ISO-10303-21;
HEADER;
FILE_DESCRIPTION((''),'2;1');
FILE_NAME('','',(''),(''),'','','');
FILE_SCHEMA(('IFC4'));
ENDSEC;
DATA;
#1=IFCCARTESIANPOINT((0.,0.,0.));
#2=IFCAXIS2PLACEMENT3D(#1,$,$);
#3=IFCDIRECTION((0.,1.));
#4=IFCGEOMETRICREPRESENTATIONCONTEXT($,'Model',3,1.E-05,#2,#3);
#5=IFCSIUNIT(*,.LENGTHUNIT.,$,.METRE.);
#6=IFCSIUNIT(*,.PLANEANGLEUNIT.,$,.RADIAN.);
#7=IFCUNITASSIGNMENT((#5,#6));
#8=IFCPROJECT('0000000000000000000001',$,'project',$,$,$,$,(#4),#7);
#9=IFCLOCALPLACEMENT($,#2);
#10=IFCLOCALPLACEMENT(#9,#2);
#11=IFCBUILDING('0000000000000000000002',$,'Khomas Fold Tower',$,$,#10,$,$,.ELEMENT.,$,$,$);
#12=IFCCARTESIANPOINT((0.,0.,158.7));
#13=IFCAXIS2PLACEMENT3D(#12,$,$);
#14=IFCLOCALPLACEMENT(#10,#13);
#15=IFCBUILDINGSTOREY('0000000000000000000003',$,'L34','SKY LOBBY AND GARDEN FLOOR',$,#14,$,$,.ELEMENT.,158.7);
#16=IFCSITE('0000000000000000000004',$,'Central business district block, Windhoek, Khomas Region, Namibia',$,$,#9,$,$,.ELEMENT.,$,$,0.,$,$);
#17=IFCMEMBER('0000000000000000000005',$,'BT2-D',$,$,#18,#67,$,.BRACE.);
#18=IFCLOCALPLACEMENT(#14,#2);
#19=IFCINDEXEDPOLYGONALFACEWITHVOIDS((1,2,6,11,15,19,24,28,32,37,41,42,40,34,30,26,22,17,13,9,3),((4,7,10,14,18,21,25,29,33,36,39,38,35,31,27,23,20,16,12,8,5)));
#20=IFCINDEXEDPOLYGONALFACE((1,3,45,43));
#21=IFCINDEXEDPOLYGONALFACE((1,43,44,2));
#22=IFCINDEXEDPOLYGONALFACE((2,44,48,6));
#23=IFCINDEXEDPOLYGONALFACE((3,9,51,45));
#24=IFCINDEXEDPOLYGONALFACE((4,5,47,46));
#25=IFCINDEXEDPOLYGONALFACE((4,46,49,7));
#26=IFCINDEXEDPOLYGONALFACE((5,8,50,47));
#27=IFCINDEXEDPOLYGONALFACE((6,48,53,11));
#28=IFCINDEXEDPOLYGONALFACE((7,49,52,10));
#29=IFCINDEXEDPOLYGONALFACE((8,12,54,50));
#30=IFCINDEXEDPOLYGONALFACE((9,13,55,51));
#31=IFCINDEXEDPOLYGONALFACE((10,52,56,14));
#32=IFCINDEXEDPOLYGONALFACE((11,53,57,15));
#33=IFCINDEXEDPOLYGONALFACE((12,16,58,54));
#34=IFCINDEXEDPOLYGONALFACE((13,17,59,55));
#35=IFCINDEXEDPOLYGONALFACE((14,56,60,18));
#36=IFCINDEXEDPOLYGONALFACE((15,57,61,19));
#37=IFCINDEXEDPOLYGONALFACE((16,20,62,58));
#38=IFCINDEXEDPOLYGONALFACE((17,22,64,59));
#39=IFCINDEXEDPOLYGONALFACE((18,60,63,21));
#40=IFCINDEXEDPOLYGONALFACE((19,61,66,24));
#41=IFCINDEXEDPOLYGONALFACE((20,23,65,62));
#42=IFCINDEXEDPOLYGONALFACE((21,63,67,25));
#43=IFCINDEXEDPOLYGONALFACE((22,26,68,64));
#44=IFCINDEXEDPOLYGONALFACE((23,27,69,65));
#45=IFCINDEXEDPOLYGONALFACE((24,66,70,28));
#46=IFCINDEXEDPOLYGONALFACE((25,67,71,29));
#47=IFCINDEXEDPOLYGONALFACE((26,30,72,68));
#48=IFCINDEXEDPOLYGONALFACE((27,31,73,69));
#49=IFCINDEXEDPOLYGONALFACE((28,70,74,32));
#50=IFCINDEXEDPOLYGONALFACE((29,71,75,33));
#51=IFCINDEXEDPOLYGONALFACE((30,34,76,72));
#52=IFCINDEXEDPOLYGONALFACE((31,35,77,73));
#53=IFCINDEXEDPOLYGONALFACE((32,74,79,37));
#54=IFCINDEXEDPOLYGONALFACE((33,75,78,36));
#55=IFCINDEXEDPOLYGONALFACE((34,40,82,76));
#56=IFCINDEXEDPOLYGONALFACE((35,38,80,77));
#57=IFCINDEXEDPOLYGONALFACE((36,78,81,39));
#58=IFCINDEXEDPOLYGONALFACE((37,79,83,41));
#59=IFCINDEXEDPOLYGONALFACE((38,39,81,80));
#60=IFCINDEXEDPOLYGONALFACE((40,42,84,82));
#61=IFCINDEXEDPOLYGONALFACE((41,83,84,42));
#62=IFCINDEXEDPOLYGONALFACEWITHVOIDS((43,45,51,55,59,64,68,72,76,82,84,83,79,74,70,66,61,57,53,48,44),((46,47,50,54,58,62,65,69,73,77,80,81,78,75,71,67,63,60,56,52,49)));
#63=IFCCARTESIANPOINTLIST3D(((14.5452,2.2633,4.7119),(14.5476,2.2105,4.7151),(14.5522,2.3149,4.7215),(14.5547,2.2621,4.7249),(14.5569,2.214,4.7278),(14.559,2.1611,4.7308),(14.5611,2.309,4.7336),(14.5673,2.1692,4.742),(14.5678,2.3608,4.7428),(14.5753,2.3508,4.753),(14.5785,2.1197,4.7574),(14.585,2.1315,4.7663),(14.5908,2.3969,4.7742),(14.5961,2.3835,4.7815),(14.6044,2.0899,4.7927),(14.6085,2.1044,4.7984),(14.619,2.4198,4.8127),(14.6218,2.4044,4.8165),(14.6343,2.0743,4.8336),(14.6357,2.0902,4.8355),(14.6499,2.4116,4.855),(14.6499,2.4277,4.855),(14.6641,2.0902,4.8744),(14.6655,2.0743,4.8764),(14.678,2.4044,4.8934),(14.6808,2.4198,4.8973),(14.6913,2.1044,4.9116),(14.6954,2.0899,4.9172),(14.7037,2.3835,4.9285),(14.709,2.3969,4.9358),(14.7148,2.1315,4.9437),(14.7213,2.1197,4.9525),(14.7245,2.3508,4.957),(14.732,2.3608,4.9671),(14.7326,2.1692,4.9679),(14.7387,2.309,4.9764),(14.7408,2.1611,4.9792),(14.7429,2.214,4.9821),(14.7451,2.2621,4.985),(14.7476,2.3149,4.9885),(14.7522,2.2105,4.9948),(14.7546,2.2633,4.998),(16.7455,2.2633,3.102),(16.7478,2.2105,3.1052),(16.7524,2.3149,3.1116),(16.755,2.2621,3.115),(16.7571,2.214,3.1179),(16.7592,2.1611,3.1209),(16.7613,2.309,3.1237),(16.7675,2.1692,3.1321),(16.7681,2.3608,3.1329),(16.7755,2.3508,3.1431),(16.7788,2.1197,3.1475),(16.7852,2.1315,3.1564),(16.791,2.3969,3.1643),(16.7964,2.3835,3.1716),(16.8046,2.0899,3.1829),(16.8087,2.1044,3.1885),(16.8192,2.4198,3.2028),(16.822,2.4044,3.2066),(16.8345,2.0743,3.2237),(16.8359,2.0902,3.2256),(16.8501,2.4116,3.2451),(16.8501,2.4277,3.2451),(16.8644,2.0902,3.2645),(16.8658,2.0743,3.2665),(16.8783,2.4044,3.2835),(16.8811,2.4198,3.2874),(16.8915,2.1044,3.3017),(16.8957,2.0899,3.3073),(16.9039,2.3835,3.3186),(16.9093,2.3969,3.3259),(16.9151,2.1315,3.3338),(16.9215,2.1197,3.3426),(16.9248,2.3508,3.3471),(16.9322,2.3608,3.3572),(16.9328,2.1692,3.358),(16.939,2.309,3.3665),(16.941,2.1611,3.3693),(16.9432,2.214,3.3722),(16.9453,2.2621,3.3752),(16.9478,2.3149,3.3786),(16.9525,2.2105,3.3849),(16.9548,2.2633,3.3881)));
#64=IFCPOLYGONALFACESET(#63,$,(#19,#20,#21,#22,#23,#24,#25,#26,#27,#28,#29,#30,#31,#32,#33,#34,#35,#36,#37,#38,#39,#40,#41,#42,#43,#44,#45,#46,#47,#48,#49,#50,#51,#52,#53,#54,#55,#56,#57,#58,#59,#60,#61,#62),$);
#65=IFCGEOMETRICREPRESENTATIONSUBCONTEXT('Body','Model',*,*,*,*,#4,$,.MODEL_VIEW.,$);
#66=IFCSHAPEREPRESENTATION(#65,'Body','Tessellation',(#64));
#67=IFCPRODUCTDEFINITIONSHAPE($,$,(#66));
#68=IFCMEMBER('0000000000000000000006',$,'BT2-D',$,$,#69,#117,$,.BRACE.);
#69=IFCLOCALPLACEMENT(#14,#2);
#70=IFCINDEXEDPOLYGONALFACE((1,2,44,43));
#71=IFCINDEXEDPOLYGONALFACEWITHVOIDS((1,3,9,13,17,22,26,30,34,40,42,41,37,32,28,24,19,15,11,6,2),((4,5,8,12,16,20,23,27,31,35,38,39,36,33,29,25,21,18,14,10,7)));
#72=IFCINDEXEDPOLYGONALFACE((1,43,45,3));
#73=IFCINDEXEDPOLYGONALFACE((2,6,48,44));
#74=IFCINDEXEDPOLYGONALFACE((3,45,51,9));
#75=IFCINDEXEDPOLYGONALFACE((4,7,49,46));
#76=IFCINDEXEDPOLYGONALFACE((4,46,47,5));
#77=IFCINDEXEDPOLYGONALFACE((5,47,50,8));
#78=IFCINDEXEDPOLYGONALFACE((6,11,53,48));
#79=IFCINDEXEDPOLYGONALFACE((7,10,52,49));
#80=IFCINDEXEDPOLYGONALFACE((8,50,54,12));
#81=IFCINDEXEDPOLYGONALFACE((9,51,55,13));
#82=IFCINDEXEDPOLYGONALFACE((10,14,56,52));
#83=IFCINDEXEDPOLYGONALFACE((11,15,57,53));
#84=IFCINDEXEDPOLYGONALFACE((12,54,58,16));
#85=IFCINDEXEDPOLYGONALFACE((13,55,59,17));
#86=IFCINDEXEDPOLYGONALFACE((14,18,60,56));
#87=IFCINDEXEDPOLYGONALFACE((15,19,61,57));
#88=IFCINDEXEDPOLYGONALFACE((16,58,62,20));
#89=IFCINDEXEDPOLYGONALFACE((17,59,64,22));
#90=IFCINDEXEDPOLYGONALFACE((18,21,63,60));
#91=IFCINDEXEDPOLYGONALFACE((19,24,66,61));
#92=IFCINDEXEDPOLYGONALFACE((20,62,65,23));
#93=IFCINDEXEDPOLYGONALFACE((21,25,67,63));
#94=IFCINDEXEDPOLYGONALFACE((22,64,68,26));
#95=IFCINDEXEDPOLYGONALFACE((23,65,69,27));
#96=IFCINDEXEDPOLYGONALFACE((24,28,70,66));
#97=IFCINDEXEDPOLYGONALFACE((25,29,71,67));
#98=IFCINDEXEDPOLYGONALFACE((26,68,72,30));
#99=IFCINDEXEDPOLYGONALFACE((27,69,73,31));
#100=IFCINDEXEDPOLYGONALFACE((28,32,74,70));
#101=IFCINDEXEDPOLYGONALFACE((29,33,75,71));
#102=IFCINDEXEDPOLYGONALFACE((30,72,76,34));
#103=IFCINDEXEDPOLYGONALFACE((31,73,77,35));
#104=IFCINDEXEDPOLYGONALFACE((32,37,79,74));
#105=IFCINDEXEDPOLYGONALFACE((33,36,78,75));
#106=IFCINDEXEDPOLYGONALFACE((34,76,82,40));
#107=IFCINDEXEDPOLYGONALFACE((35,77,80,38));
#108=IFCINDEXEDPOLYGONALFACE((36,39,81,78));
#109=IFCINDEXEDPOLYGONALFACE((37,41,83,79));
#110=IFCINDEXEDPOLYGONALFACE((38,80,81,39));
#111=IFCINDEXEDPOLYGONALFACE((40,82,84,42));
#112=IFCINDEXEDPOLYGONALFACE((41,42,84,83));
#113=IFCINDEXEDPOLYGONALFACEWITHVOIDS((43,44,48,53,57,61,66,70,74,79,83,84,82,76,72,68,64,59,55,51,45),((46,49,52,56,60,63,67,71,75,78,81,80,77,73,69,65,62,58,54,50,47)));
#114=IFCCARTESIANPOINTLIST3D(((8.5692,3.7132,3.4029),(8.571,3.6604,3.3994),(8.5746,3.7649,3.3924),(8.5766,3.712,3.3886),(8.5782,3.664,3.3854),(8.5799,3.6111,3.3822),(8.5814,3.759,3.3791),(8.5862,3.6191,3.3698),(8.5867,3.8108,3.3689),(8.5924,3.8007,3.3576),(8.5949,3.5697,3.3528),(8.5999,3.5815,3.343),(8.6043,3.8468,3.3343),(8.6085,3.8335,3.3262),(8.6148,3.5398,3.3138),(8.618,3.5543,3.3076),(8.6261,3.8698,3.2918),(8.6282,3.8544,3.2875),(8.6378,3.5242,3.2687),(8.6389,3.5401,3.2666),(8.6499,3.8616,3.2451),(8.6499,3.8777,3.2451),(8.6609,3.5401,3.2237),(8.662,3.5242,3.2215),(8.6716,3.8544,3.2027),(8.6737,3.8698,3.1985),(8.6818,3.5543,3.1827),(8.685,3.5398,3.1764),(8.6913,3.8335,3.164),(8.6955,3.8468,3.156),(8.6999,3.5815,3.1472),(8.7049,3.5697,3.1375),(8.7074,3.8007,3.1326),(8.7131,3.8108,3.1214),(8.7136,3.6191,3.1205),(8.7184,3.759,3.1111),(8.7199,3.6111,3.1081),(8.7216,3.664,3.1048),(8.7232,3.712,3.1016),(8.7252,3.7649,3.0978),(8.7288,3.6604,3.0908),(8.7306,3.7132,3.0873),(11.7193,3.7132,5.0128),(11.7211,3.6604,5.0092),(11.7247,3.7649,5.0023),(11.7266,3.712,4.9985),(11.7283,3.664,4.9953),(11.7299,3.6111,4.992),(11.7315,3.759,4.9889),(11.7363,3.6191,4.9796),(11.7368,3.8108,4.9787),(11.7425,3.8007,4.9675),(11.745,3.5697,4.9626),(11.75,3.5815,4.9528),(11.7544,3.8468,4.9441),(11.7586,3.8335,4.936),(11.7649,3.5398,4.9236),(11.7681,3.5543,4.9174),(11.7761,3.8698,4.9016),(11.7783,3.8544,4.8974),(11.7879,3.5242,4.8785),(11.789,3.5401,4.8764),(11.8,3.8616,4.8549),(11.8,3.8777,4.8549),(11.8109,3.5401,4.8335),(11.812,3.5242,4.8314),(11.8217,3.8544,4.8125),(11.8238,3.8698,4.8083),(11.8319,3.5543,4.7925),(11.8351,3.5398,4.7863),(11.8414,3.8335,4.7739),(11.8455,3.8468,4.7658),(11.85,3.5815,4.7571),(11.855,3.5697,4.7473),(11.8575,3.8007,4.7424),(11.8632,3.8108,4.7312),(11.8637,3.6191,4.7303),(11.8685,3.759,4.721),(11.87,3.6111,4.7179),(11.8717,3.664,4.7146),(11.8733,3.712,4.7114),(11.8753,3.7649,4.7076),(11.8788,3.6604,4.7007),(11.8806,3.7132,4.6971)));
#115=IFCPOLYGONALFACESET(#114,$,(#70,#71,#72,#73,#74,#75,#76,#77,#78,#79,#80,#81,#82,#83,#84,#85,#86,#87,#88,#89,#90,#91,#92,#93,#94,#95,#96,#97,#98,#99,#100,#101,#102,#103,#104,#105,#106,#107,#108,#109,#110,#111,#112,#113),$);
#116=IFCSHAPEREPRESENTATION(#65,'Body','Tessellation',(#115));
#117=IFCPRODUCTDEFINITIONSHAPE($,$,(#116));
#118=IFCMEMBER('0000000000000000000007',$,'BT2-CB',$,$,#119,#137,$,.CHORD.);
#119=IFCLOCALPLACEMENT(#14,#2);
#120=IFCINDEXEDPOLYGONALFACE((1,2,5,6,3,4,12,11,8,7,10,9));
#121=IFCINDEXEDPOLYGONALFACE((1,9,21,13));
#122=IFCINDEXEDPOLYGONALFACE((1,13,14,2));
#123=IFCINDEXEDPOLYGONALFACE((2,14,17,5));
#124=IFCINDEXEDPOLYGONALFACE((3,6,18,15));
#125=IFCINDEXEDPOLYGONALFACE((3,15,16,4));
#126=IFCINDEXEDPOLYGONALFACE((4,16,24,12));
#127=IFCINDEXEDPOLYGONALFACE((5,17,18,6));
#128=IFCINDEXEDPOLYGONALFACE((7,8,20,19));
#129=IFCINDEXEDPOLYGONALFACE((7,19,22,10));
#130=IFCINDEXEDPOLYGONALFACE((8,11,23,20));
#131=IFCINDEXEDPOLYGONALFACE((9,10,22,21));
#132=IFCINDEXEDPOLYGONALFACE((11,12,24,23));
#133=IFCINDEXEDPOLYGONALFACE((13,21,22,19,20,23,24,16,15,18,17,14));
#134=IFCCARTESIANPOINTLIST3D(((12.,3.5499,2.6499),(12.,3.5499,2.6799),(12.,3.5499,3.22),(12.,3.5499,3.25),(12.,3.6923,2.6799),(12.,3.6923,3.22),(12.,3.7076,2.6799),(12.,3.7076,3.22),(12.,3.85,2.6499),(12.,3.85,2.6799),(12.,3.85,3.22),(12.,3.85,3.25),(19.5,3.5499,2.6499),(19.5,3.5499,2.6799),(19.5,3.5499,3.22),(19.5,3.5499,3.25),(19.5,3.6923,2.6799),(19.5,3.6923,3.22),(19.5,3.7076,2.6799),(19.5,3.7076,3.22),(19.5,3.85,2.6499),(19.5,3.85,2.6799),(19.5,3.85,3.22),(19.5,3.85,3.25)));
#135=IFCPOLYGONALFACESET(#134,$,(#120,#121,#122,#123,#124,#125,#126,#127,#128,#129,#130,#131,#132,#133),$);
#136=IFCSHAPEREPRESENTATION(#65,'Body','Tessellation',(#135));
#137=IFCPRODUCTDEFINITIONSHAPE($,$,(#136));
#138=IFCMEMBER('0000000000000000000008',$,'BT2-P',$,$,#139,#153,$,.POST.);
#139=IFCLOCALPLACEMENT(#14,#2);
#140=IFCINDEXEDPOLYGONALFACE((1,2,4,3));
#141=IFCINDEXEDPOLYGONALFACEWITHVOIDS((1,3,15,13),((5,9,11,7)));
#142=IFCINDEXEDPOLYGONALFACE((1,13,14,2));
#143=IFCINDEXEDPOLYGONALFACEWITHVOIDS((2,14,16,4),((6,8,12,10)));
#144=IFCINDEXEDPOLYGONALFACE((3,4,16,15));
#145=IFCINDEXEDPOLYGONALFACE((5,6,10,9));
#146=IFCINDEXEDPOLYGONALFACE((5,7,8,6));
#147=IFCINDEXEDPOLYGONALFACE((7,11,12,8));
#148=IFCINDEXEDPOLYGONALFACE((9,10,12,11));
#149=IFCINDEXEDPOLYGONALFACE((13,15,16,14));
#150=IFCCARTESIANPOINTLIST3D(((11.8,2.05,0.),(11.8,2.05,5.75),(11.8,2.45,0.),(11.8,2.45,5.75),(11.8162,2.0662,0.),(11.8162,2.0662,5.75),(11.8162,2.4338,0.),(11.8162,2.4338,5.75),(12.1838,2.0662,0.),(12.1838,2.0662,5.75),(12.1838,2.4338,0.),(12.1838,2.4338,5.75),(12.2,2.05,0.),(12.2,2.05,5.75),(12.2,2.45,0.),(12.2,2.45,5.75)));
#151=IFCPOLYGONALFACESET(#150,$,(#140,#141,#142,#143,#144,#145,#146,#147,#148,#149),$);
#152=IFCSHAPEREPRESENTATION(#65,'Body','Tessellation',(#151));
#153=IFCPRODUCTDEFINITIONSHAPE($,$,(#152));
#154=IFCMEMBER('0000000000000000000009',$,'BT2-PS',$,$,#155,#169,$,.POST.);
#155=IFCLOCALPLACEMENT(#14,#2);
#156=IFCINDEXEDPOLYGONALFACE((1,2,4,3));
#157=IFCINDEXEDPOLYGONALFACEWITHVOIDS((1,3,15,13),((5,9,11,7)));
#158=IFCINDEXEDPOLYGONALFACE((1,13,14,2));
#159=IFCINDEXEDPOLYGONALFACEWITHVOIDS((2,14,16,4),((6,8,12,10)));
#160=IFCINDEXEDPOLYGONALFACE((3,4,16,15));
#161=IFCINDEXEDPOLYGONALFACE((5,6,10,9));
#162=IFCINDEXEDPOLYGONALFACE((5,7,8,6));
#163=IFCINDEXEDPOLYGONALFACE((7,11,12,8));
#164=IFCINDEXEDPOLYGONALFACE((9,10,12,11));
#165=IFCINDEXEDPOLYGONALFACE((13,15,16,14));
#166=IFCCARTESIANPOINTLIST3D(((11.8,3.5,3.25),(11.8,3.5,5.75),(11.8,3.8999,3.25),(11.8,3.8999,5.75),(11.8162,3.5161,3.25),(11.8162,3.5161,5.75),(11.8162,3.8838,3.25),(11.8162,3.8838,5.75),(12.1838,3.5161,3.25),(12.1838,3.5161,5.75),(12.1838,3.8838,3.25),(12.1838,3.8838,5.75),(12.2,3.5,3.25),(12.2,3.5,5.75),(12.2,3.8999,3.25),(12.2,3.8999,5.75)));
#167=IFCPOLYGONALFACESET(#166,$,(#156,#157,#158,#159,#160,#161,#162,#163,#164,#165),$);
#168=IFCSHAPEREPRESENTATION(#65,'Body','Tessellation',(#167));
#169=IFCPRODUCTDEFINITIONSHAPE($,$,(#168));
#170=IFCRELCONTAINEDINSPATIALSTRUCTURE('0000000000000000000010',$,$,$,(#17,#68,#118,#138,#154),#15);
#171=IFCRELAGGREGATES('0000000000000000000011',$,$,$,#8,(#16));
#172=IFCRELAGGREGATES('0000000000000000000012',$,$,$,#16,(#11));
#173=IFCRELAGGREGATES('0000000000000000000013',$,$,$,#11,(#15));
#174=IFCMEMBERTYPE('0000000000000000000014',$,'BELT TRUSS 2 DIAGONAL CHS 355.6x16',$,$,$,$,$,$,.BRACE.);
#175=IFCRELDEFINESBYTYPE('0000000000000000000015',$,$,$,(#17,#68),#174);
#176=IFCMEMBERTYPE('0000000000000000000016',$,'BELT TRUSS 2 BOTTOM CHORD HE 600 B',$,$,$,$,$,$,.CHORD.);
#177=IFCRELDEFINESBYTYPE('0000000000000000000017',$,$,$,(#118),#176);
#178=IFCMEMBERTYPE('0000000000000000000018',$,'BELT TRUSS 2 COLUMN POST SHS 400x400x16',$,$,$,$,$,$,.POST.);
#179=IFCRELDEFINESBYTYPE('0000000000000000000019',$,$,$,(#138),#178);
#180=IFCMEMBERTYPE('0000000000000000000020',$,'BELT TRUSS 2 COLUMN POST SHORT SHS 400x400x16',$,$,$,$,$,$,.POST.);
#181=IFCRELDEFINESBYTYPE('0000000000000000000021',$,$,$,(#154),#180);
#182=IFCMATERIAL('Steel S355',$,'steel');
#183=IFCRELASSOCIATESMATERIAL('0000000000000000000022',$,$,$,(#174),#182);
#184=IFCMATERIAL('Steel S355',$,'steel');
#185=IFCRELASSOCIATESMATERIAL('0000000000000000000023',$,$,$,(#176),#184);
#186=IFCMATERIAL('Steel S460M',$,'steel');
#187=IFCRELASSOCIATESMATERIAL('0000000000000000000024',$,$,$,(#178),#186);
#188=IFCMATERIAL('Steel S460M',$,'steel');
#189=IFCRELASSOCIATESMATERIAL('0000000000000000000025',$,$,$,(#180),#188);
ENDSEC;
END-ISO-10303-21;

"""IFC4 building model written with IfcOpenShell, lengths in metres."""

from ifc_helpers import new_model, si_unit, direction, frame, origin, origin_2d, place, context, subcontext, project, spatial, hollow_rectangle, hollow_circle, i_section, extrude, source, transform, mapped, material, material_profile, profile_set, type_object, element, save


model = new_model("IFC4")

# Units and contexts
model_context = context("Model", 3, precision=1e-05, world=origin(), true_north=direction((0.0, 1.0)))
body_context = subcontext(model_context, "Body", "Model", "MODEL_VIEW")
ifc_project = project(units=[si_unit("LENGTHUNIT", "METRE"), si_unit("PLANEANGLEUNIT", "RADIAN")], contexts=[model_context])

# Site, building, storey
site_placement = place(None, origin())
site = spatial("IfcSite", under=ifc_project, at=site_placement, Name="Central business district block, Windhoek, Khomas Region, Namibia", CompositionType="ELEMENT", RefElevation=0.0)
building_placement = place(site_placement, origin())
building = spatial("IfcBuilding", under=site, at=building_placement, Name="Khomas Fold Tower", CompositionType="ELEMENT")
storey_placement = place(building_placement, frame((0.0, 0.0, 158.7)))
storey = spatial("IfcBuildingStorey", under=building, at=storey_placement, Name="L34", Description="SKY LOBBY AND GARDEN FLOOR", CompositionType="ELEMENT", Elevation=158.7)

# Members
ifc_material_1 = material(Name="Steel S355", Category="steel")
ifc_material_profile_1 = material_profile(ifc_material_1, hollow_circle(Radius=0.1777, WallThickness=0.0161, at=origin_2d()), Name="CHS 355.6x16")
ifc_profile_set_1 = profile_set([ifc_material_profile_1], Name="Steel S355")
member_type_1 = type_object("IfcMemberType", Name="BELT TRUSS 2 DIAGONAL CHS 355.6x16", PredefinedType="BRACE", material=ifc_profile_set_1)
ifc_material_2 = material(Name="Steel S355", Category="steel")
ifc_material_profile_2 = material_profile(ifc_material_2, i_section(OverallWidth=0.3, OverallDepth=0.6001, WebThickness=0.0154, FlangeThickness=0.03, at=origin_2d()), Name="HE 600 B")
ifc_profile_set_2 = profile_set([ifc_material_profile_2], Name="Steel S355")
member_type_2 = type_object("IfcMemberType", Name="BELT TRUSS 2 BOTTOM CHORD HE 600 B", PredefinedType="CHORD", material=ifc_profile_set_2)
shared_shape_1 = source(origin(), body_context, "Body", "SweptSolid", [
    extrude(hollow_circle(Radius=0.1777, WallThickness=0.0161, at=origin_2d()), origin(), (0.0, 0.0, 1.0), 2.7263),
])
member_1_placement = place(storey_placement, frame((14.6499, 2.25, 4.855), z_axis=(0.807037, 0.0, -0.590501), x_axis=(0.0, 1.0, 0.0)))
element("IfcMember", 1, at=member_1_placement, inside=storey, type_object=member_type_1, Name="BT2-D", PredefinedType="BRACE", context=body_context, shape_type="MappedRepresentation", body=[
    mapped(shared_shape_1, transform((0.0, 0.0, 0.0))),
])
shared_shape_2 = source(origin(), body_context, "Body", "SweptSolid", [
    extrude(hollow_circle(Radius=0.1777, WallThickness=0.0161, at=origin_2d()), origin(), (0.0, 0.0, 1.0), 3.5376),
])
member_2_placement = place(storey_placement, frame((8.6499, 3.7, 3.2451), z_axis=(0.890459, 0.0, 0.455064), x_axis=(0.0, 1.0, 0.0)))
element("IfcMember", 2, at=member_2_placement, inside=storey, type_object=member_type_1, Name="BT2-D", PredefinedType="BRACE", context=body_context, shape_type="MappedRepresentation", body=[
    mapped(shared_shape_2, transform((0.0, 0.0, 0.0))),
])
shared_shape_3 = source(origin(), body_context, "Body", "SweptSolid", [
    extrude(i_section(OverallWidth=0.3, OverallDepth=0.6001, WebThickness=0.0154, FlangeThickness=0.03, at=origin_2d()), origin(), (0.0, 0.0, 1.0), 7.5),
])
member_3_placement = place(storey_placement, frame((12.0, 3.7, 2.95), z_axis=(1.0, 0.0, 0.0), x_axis=(0.0, 1.0, 0.0)))
element("IfcMember", 3, at=member_3_placement, inside=storey, type_object=member_type_2, Name="BT2-CB", PredefinedType="CHORD", context=body_context, shape_type="MappedRepresentation", body=[
    mapped(shared_shape_3, transform((0.0, 0.0, 0.0))),
])
ifc_material_3 = material(Name="Steel S460M", Category="steel")
ifc_material_profile_3 = material_profile(ifc_material_3, hollow_rectangle(XDim=0.3999, YDim=0.3999, WallThickness=0.0161, at=origin_2d()), Name="SHS 400x400x16")
ifc_profile_set_3 = profile_set([ifc_material_profile_3], Name="Steel S460M")
member_type_3 = type_object("IfcMemberType", Name="BELT TRUSS 2 COLUMN POST SHS 400x400x16", PredefinedType="POST", material=ifc_profile_set_3)
shared_shape_4 = source(origin(), body_context, "Body", "SweptSolid", [
    extrude(hollow_rectangle(XDim=0.3999, YDim=0.3999, WallThickness=0.0161, at=origin_2d()), origin(), (0.0, 0.0, 1.0), 5.75),
])
member_4_placement = place(storey_placement, frame((12.0, 2.25, 0.0), z_axis=(0.0, 0.0, 1.0), x_axis=(1.0, 0.0, 0.0)))
element("IfcMember", 4, at=member_4_placement, inside=storey, type_object=member_type_3, Name="BT2-P", PredefinedType="POST", context=body_context, shape_type="MappedRepresentation", body=[
    mapped(shared_shape_4, transform((0.0, 0.0, 0.0))),
])
ifc_material_4 = material(Name="Steel S460M", Category="steel")
ifc_material_profile_4 = material_profile(ifc_material_4, hollow_rectangle(XDim=0.3999, YDim=0.3999, WallThickness=0.0161, at=origin_2d()), Name="SHS 400x400x16")
ifc_profile_set_4 = profile_set([ifc_material_profile_4], Name="Steel S460M")
member_type_4 = type_object("IfcMemberType", Name="BELT TRUSS 2 COLUMN POST SHORT SHS 400x400x16", PredefinedType="POST", material=ifc_profile_set_4)
shared_shape_5 = source(origin(), body_context, "Body", "SweptSolid", [
    extrude(hollow_rectangle(XDim=0.3999, YDim=0.3999, WallThickness=0.0161, at=origin_2d()), origin(), (0.0, 0.0, 1.0), 2.5),
])
member_5_placement = place(storey_placement, frame((12.0, 3.7, 3.25), z_axis=(0.0, 0.0, 1.0), x_axis=(1.0, 0.0, 0.0)))
element("IfcMember", 5, at=member_5_placement, inside=storey, type_object=member_type_4, Name="BT2-PS", PredefinedType="POST", context=body_context, shape_type="MappedRepresentation", body=[
    mapped(shared_shape_5, transform((0.0, 0.0, 0.0))),
])

save(model, "model.ifc")
